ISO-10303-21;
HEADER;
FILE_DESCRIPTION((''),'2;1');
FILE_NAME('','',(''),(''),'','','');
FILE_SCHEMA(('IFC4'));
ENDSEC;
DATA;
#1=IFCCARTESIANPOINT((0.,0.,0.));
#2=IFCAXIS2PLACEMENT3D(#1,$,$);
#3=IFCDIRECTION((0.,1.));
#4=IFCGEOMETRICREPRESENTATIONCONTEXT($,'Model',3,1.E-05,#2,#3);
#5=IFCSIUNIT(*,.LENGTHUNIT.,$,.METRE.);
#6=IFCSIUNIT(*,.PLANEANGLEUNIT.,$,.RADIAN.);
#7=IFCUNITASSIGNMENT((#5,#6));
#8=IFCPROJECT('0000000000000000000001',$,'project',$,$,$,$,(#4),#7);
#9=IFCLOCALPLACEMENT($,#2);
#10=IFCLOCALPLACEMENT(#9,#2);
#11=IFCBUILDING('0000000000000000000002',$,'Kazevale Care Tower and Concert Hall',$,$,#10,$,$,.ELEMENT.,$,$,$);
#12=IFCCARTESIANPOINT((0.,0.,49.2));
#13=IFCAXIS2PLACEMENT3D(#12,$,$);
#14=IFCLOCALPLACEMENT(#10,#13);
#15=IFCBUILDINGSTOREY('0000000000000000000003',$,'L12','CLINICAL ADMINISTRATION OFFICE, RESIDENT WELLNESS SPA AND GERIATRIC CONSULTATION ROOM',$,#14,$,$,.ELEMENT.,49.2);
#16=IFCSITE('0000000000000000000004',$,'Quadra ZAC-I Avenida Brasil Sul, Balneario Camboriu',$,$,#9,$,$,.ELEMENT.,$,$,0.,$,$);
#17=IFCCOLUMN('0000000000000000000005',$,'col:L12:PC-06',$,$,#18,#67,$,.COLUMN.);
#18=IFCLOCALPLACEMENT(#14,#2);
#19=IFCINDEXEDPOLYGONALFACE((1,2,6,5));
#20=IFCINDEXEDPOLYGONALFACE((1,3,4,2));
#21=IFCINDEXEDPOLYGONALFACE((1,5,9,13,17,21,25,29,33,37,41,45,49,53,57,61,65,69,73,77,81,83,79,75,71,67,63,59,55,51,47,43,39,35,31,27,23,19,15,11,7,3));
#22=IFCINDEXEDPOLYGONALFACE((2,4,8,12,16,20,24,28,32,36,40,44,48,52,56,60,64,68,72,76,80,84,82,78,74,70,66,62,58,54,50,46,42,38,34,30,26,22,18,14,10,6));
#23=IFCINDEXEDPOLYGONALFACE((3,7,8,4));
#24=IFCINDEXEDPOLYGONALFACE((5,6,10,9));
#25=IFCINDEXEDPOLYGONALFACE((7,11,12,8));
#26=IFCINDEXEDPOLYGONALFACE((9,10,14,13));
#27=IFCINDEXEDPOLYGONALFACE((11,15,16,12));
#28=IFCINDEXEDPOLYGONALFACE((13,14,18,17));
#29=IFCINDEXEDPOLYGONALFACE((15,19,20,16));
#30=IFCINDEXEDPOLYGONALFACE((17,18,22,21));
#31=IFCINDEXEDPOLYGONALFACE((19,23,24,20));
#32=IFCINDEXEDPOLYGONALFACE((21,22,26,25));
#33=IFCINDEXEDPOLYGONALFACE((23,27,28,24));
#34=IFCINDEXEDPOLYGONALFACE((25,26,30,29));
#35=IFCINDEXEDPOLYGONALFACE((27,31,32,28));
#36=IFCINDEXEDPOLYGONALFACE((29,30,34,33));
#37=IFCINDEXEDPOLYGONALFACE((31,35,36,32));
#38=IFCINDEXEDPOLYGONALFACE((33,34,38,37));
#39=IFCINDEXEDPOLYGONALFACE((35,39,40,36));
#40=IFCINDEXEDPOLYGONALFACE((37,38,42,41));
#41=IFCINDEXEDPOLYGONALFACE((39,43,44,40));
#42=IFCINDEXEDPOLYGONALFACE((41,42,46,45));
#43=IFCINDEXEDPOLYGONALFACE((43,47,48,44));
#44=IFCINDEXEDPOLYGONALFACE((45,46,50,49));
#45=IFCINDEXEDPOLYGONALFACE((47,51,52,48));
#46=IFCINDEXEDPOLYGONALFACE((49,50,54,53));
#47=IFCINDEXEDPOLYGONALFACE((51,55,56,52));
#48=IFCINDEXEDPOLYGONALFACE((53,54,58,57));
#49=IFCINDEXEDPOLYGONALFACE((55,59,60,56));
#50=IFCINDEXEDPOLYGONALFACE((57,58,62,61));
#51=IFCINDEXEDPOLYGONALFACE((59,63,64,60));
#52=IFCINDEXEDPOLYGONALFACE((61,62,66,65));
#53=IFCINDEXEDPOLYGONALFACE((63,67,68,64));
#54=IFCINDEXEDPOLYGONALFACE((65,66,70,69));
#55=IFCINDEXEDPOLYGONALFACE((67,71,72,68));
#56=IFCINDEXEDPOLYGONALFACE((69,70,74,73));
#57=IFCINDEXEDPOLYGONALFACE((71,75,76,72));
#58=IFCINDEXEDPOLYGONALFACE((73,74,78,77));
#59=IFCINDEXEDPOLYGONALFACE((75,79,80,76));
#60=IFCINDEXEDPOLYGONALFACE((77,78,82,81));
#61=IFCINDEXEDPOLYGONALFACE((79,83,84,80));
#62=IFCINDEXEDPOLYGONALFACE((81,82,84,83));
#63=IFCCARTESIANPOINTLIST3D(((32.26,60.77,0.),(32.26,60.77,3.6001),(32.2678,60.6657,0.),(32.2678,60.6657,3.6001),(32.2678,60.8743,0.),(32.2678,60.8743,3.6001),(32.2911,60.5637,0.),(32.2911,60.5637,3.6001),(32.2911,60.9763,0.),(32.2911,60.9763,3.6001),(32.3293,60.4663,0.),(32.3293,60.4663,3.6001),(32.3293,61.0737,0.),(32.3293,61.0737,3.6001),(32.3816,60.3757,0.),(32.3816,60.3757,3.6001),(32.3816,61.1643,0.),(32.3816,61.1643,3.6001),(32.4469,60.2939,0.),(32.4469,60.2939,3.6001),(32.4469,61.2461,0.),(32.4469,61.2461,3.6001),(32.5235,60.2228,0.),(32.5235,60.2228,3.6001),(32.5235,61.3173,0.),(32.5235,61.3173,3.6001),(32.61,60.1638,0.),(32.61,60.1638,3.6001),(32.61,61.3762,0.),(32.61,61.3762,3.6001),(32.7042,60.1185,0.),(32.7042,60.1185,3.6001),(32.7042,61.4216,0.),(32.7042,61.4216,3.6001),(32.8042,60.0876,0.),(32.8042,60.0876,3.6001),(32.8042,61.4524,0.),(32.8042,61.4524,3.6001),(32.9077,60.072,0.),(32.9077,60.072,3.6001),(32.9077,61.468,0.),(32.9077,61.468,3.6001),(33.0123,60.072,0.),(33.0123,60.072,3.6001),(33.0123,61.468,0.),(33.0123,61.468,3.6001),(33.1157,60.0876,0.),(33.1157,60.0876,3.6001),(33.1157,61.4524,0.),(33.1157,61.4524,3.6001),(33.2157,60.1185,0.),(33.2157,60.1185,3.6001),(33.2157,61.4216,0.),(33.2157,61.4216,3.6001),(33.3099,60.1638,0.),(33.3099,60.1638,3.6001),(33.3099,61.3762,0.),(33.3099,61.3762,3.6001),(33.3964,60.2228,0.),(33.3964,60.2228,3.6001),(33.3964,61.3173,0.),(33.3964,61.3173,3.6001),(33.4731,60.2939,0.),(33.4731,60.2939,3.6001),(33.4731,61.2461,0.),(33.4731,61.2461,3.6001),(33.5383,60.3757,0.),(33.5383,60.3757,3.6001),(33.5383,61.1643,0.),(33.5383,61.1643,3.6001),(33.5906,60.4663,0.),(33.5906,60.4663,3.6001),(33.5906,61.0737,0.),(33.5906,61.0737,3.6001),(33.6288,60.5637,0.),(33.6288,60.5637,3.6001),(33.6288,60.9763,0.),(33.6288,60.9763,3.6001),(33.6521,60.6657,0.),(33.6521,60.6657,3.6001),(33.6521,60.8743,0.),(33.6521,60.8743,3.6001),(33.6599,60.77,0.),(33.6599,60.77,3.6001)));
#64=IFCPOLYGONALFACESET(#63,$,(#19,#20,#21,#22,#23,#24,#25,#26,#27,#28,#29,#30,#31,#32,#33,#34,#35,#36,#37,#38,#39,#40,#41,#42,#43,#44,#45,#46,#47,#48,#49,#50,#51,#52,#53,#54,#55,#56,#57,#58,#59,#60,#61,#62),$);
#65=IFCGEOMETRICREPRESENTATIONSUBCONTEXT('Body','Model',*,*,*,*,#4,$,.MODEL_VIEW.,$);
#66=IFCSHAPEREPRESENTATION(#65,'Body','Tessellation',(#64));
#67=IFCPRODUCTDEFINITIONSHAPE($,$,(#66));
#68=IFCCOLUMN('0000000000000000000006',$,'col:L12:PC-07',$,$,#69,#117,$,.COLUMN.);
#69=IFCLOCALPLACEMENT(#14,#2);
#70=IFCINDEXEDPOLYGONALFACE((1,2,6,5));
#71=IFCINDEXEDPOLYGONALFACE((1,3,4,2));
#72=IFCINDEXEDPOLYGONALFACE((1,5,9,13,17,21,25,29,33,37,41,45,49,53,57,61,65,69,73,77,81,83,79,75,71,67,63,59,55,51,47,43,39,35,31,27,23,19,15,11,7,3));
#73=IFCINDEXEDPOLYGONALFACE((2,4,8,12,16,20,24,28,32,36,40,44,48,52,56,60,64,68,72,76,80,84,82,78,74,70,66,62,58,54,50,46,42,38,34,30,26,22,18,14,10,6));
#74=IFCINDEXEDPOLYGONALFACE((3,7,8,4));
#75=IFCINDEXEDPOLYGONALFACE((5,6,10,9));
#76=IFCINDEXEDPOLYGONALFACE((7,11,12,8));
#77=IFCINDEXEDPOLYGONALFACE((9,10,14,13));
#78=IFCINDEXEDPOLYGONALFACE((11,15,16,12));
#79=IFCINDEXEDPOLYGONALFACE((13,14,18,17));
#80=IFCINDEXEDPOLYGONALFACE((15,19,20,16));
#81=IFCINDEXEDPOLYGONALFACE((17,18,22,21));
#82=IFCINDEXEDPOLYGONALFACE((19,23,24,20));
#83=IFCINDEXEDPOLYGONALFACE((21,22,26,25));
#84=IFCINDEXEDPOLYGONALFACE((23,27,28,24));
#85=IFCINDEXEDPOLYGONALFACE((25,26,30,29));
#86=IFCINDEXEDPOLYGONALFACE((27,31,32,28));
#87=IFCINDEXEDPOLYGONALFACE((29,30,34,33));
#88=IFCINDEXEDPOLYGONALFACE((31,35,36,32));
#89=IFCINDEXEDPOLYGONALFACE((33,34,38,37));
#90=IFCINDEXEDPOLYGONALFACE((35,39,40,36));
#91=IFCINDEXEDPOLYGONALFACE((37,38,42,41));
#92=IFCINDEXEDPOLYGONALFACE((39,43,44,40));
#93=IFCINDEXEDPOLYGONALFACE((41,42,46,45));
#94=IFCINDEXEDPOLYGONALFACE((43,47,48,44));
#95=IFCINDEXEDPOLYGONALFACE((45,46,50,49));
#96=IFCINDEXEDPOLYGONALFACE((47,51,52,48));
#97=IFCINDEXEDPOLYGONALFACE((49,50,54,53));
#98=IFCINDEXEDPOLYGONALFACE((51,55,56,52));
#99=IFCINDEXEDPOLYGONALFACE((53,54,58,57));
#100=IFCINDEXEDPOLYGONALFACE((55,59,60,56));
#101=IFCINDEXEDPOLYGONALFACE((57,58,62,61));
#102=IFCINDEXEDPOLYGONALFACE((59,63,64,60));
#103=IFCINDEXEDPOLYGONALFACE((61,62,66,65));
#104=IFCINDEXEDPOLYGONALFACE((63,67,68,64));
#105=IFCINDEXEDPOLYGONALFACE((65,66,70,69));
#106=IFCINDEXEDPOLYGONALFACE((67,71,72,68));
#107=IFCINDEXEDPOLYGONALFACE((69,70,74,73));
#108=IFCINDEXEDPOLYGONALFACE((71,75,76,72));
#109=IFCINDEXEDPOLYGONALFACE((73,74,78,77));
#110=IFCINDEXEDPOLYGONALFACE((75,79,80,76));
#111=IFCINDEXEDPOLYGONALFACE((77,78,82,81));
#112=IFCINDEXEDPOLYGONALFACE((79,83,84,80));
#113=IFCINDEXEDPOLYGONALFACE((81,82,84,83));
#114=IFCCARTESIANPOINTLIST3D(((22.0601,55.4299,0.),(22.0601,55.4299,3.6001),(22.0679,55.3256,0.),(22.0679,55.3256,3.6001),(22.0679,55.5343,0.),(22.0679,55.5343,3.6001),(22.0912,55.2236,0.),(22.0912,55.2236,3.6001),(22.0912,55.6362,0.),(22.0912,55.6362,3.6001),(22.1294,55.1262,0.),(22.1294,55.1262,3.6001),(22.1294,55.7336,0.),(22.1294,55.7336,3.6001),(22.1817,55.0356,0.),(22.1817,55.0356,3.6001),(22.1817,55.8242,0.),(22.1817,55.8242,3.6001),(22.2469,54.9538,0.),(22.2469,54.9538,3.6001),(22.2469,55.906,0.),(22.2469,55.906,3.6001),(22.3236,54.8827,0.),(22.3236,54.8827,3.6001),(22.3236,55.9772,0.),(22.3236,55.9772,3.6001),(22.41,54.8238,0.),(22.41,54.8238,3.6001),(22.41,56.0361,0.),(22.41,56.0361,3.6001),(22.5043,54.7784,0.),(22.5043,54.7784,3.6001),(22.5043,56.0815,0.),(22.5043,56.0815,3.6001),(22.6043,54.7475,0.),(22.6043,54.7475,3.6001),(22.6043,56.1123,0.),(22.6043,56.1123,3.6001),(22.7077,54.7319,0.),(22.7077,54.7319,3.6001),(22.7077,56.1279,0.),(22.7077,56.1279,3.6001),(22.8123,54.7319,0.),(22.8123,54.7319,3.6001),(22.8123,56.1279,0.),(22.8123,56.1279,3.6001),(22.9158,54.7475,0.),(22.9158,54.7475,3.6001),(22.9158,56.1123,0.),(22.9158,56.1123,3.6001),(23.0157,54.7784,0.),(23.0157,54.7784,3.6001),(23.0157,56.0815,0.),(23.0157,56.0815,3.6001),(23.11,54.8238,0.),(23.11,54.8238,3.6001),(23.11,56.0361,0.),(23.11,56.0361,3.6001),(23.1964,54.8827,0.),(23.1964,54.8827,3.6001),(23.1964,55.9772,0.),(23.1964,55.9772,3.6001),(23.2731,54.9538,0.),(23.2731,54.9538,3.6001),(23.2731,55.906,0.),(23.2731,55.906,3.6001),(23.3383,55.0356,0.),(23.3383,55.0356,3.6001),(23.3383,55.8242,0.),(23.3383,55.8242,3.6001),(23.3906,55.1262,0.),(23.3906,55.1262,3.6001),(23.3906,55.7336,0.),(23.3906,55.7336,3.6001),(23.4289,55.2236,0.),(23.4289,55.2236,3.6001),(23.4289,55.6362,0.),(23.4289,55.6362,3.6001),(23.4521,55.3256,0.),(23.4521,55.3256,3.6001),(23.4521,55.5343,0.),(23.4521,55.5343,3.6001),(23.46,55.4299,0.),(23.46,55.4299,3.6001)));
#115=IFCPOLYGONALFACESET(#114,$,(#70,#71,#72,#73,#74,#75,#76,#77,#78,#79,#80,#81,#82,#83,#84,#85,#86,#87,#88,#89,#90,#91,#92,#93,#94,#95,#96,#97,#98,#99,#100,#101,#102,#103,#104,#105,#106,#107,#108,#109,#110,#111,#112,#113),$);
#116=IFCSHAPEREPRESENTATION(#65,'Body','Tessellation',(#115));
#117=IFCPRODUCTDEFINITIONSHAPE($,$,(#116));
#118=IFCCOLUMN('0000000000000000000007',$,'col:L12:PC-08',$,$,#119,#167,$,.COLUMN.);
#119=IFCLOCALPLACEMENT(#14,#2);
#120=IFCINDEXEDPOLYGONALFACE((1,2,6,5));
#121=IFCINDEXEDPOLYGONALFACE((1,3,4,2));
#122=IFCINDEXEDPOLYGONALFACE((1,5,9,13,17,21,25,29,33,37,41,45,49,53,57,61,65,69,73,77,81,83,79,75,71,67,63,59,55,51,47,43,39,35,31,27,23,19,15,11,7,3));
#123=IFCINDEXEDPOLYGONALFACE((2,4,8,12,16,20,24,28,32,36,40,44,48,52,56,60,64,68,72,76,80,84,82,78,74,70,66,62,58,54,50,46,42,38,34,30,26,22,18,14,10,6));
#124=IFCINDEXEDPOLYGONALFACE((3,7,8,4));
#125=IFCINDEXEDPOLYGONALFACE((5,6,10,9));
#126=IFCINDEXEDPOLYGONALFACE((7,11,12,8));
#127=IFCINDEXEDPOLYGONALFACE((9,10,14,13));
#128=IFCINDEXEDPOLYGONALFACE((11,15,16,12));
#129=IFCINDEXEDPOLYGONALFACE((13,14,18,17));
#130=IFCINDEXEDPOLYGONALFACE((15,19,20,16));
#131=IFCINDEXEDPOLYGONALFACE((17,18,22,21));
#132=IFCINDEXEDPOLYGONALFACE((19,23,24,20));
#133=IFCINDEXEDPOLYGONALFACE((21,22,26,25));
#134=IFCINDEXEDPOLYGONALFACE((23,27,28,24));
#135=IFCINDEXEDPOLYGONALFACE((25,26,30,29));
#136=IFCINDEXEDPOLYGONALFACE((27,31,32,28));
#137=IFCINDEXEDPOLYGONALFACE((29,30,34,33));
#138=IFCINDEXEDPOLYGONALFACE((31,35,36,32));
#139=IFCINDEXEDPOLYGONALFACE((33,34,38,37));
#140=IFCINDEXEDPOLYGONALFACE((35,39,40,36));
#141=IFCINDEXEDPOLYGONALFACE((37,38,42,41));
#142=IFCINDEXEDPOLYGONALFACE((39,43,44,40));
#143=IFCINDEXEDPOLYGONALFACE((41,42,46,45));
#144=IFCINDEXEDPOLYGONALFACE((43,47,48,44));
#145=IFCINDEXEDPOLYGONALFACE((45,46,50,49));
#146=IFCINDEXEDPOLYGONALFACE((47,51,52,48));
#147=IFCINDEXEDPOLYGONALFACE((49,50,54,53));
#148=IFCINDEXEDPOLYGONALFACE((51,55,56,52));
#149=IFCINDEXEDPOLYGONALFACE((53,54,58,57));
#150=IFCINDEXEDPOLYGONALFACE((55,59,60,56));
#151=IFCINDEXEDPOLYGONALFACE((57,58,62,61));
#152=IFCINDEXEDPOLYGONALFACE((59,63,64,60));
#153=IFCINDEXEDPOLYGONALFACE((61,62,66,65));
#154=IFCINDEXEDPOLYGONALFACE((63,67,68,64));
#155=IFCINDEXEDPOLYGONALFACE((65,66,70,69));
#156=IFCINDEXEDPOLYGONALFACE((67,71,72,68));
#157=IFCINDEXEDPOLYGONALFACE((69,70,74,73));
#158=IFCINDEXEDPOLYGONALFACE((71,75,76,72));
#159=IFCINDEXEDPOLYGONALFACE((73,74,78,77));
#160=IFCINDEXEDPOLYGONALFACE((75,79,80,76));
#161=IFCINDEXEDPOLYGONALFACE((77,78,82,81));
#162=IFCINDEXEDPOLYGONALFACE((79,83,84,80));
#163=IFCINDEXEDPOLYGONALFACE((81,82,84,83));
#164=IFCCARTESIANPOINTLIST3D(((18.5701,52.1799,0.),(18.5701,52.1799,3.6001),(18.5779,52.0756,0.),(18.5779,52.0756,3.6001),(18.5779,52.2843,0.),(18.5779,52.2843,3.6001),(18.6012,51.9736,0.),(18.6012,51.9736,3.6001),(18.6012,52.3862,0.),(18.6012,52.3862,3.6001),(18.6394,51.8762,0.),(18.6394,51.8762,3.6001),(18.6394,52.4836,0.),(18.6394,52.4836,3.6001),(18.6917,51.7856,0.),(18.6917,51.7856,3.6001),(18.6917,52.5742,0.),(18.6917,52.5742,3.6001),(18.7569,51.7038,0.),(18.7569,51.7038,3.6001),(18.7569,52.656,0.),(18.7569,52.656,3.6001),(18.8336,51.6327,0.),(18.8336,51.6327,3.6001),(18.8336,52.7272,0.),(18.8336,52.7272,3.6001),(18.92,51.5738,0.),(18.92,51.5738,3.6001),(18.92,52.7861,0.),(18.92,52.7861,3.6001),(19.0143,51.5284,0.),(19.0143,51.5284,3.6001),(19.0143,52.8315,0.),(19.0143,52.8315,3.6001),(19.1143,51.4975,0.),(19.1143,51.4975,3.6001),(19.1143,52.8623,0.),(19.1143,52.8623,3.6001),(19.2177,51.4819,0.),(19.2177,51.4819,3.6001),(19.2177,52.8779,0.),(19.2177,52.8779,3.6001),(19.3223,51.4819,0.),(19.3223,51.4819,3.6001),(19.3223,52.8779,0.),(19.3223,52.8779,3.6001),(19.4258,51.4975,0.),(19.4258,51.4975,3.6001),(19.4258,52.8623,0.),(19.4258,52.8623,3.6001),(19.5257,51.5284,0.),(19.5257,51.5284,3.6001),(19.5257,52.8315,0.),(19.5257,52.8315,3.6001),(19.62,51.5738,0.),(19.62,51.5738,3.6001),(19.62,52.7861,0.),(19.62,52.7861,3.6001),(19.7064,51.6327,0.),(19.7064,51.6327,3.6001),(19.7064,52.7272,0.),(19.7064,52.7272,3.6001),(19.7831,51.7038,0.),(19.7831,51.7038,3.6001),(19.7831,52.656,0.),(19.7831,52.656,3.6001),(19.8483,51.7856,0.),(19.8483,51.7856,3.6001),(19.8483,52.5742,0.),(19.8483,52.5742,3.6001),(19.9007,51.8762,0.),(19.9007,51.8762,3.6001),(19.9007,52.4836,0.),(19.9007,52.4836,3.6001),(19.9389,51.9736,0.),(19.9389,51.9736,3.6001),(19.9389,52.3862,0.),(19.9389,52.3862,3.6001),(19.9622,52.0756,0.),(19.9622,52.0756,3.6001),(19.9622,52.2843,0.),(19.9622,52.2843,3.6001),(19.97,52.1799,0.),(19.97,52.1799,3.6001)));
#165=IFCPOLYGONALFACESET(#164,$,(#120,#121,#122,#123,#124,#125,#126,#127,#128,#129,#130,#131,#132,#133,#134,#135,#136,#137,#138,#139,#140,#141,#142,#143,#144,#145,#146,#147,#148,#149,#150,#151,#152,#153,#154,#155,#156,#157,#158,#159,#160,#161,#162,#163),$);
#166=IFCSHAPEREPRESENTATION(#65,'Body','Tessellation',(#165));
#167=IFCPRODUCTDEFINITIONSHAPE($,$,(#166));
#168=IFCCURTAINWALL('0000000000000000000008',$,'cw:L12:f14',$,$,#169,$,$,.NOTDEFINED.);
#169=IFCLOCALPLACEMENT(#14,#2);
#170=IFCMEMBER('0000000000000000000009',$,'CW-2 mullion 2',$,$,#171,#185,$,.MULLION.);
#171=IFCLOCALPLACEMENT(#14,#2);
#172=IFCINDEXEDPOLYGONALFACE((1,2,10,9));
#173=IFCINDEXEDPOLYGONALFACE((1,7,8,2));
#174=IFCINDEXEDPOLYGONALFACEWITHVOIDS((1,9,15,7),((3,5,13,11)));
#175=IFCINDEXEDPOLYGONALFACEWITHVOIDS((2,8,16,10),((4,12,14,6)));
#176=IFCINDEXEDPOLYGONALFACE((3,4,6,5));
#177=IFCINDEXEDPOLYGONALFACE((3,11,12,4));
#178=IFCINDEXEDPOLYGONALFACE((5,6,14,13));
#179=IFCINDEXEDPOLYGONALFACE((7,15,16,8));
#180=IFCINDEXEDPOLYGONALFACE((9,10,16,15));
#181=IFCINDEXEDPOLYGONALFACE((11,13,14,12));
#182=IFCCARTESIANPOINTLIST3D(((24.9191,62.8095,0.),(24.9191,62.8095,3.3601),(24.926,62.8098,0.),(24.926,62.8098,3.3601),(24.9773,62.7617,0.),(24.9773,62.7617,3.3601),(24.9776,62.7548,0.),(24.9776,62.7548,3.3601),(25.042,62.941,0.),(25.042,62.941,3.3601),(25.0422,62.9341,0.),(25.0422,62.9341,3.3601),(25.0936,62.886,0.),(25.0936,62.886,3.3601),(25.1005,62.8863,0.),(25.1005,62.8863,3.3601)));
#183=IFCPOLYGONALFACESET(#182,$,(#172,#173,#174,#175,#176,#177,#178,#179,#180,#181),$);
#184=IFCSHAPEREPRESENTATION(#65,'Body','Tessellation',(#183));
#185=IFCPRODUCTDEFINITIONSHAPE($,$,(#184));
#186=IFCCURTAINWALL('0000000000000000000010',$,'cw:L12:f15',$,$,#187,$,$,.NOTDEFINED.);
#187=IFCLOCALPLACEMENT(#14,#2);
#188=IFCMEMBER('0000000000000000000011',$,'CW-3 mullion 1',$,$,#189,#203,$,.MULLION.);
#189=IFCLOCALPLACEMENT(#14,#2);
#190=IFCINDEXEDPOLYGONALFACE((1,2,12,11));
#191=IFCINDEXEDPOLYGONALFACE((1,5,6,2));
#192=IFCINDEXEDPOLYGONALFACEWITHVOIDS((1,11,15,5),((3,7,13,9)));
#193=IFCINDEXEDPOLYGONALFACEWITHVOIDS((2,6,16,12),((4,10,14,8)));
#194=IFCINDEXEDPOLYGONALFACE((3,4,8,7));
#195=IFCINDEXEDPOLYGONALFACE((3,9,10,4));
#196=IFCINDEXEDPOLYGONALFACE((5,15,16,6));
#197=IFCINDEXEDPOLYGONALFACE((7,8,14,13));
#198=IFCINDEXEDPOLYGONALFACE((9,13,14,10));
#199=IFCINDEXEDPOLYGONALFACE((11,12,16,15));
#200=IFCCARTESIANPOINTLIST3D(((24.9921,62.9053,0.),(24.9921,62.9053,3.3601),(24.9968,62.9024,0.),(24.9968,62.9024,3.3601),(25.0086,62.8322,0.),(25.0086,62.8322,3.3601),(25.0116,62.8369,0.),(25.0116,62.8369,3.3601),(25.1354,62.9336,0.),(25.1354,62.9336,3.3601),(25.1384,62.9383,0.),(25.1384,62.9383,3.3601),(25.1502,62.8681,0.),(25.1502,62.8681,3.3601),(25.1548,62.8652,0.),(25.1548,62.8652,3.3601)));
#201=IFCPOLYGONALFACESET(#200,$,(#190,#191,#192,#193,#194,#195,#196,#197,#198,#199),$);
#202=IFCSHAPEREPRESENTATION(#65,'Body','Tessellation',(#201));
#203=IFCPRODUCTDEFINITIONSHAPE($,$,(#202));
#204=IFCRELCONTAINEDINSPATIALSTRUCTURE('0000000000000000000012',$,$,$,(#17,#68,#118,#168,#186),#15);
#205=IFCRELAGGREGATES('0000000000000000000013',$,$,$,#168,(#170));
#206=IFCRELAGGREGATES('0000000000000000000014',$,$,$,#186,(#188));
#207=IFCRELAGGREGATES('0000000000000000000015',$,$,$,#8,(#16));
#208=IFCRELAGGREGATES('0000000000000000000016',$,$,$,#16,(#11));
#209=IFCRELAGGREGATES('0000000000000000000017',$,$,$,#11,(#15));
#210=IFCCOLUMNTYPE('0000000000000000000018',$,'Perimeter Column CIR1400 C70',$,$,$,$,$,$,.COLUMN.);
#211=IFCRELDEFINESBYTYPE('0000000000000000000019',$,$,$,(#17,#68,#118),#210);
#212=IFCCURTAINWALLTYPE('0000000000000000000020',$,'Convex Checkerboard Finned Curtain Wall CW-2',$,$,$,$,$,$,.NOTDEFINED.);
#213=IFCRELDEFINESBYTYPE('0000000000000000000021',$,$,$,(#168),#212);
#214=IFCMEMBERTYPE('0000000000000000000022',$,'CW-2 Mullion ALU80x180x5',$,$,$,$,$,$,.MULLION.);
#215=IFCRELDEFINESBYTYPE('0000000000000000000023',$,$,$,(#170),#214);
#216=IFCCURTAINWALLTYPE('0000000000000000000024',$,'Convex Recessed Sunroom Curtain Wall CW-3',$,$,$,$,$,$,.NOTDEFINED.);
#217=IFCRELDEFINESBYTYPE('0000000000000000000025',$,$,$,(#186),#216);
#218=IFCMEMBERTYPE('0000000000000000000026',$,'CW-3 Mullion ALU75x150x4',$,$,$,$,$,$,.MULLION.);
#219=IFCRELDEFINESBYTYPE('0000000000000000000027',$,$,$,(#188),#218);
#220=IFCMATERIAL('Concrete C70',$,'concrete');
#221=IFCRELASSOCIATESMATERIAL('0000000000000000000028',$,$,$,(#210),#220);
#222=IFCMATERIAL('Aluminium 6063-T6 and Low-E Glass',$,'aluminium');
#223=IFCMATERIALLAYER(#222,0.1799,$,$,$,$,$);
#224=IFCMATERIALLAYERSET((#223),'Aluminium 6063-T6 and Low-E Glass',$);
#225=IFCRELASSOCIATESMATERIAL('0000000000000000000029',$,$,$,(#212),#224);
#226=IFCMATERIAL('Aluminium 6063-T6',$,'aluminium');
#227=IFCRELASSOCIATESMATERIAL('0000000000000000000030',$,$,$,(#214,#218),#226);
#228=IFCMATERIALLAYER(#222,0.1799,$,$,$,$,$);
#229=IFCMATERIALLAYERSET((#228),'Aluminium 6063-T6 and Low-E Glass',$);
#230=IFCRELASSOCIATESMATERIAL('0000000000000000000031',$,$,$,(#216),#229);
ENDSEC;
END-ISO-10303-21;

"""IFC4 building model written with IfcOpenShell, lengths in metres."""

from ifc_helpers import new_model, si_unit, direction, frame, origin, origin_2d, place, context, subcontext, project, spatial, hollow_rectangle, circle, extrude, material, layer, layer_set, material_profile, profile_set, type_object, element, aggregate, save


model = new_model("IFC4")

# Units and contexts
model_context = context("Model", 3, precision=1e-05, world=origin(), true_north=direction((0.0, 1.0)))
body_context = subcontext(model_context, "Body", "Model", "MODEL_VIEW")
ifc_project = project(units=[si_unit("LENGTHUNIT", "METRE"), si_unit("PLANEANGLEUNIT", "RADIAN")], contexts=[model_context])

# Site, building, storey
site_placement = place(None, origin())
site = spatial("IfcSite", under=ifc_project, at=site_placement, Name="Quadra ZAC-I Avenida Brasil Sul, Balneario Camboriu", CompositionType="ELEMENT", RefElevation=0.0)
building_placement = place(site_placement, origin())
building = spatial("IfcBuilding", under=site, at=building_placement, Name="Kazevale Care Tower and Concert Hall", CompositionType="ELEMENT")
storey_placement = place(building_placement, frame((0.0, 0.0, 49.2)))
storey = spatial("IfcBuildingStorey", under=building, at=storey_placement, Name="L12", Description="CLINICAL ADMINISTRATION OFFICE, RESIDENT WELLNESS SPA AND GERIATRIC CONSULTATION ROOM", CompositionType="ELEMENT", Elevation=49.2)

# Columns
ifc_material_1 = material(Name="Concrete C70", Category="concrete")
ifc_material_profile_1 = material_profile(ifc_material_1, circle(Radius=0.7, at=origin_2d()), Name="RC-CIR1400")
ifc_profile_set_1 = profile_set([ifc_material_profile_1], Name="Concrete C70")
column_type = type_object("IfcColumnType", Name="Perimeter Column CIR1400 C70", PredefinedType="COLUMN", material=ifc_profile_set_1)
for number, where, z_axis, x_axis, name in (
    (1, (32.96, 60.77, 0.0), (0.0, 0.0, 1.0), (1.0, 0.0, 0.0), "col:L12:PC-06"),
    (2, (22.76, 55.4299, 0.0), (0.0, 0.0, 1.0), (1.0, 0.0, 0.0), "col:L12:PC-07"),
    (3, (19.27, 52.1799, 0.0), (0.0, 0.0, 1.0), (1.0, 0.0, 0.0), "col:L12:PC-08"),
):
    element("IfcColumn", number, at=place(storey_placement, frame(where, z_axis=z_axis, x_axis=x_axis)), inside=storey, type_object=column_type, Name=name, PredefinedType="COLUMN", context=body_context, shape_type="SweptSolid", body=[
        extrude(circle(Radius=0.7, at=origin_2d()), origin(), (0.0, 0.0, 1.0), 3.6001),
    ])

# Curtain wall, member
ifc_material_2 = material(Name="Aluminium 6063-T6 and Low-E Glass", Category="aluminium")
ifc_layer_1 = layer(ifc_material_2, 0.1799)
ifc_layer_set_1 = layer_set([ifc_layer_1], Name="Aluminium 6063-T6 and Low-E Glass")
curtain_wall_type_1 = type_object("IfcCurtainWallType", Name="Convex Checkerboard Finned Curtain Wall CW-2", PredefinedType="NOTDEFINED", material=ifc_layer_set_1)
curtain_wall_1_placement = place(storey_placement, origin())
curtain_wall_1 = element("IfcCurtainWall", 4, at=curtain_wall_1_placement, inside=storey, type_object=curtain_wall_type_1, Name="cw:L12:f14", PredefinedType="NOTDEFINED")
ifc_material_3 = material(Name="Aluminium 6063-T6", Category="aluminium")
ifc_material_profile_2 = material_profile(ifc_material_3, hollow_rectangle(XDim=0.0801, YDim=0.1799, WallThickness=0.0049, at=origin_2d()), Name="ALU80x180x5")
ifc_profile_set_2 = profile_set([ifc_material_profile_2], Name="Aluminium 6063-T6")
member_type_1 = type_object("IfcMemberType", Name="CW-2 Mullion ALU80x180x5", PredefinedType="MULLION", material=ifc_profile_set_2)
member_1_placement = place(storey_placement, frame((25.0098, 62.8479, 0.0), z_axis=(0.0, 0.0, 1.0), x_axis=(-0.730363, 0.683059, 0.0)))
member_1 = element("IfcMember", 5, at=member_1_placement, type_object=member_type_1, Name="CW-2 mullion 2", PredefinedType="MULLION", context=body_context, shape_type="SweptSolid", body=[
    extrude(hollow_rectangle(XDim=0.0801, YDim=0.1799, WallThickness=0.0049, at=origin_2d()), origin(), (0.0, 0.0, 1.0), 3.3601),
])

# Curtain wall, member
ifc_layer_2 = layer(ifc_material_2, 0.1799)
ifc_layer_set_2 = layer_set([ifc_layer_2], Name="Aluminium 6063-T6 and Low-E Glass")
curtain_wall_type_2 = type_object("IfcCurtainWallType", Name="Convex Recessed Sunroom Curtain Wall CW-3", PredefinedType="NOTDEFINED", material=ifc_layer_set_2)
curtain_wall_2_placement = place(storey_placement, origin())
curtain_wall_2 = element("IfcCurtainWall", 6, at=curtain_wall_2_placement, inside=storey, type_object=curtain_wall_type_2, Name="cw:L12:f15", PredefinedType="NOTDEFINED")
ifc_material_profile_3 = material_profile(ifc_material_3, hollow_rectangle(XDim=0.075, YDim=0.1499, WallThickness=0.0039, at=origin_2d()), Name="ALU75x150x4")
ifc_profile_set_3 = profile_set([ifc_material_profile_3], Name="Aluminium 6063-T6")
member_type_2 = type_object("IfcMemberType", Name="CW-3 Mullion ALU75x150x4", PredefinedType="MULLION", material=ifc_profile_set_3)
member_2_placement = place(storey_placement, frame((25.0735, 62.8853, 0.0), z_axis=(0.0, 0.0, 1.0), x_axis=(-0.219911, 0.97552, 0.0)))
member_2 = element("IfcMember", 7, at=member_2_placement, type_object=member_type_2, Name="CW-3 mullion 1", PredefinedType="MULLION", context=body_context, shape_type="SweptSolid", body=[
    extrude(hollow_rectangle(XDim=0.075, YDim=0.1499, WallThickness=0.0039, at=origin_2d()), origin(), (0.0, 0.0, 1.0), 3.3601),
])

aggregate(curtain_wall_1, [member_1])
aggregate(curtain_wall_2, [member_2])

save(model, "model.ifc")
